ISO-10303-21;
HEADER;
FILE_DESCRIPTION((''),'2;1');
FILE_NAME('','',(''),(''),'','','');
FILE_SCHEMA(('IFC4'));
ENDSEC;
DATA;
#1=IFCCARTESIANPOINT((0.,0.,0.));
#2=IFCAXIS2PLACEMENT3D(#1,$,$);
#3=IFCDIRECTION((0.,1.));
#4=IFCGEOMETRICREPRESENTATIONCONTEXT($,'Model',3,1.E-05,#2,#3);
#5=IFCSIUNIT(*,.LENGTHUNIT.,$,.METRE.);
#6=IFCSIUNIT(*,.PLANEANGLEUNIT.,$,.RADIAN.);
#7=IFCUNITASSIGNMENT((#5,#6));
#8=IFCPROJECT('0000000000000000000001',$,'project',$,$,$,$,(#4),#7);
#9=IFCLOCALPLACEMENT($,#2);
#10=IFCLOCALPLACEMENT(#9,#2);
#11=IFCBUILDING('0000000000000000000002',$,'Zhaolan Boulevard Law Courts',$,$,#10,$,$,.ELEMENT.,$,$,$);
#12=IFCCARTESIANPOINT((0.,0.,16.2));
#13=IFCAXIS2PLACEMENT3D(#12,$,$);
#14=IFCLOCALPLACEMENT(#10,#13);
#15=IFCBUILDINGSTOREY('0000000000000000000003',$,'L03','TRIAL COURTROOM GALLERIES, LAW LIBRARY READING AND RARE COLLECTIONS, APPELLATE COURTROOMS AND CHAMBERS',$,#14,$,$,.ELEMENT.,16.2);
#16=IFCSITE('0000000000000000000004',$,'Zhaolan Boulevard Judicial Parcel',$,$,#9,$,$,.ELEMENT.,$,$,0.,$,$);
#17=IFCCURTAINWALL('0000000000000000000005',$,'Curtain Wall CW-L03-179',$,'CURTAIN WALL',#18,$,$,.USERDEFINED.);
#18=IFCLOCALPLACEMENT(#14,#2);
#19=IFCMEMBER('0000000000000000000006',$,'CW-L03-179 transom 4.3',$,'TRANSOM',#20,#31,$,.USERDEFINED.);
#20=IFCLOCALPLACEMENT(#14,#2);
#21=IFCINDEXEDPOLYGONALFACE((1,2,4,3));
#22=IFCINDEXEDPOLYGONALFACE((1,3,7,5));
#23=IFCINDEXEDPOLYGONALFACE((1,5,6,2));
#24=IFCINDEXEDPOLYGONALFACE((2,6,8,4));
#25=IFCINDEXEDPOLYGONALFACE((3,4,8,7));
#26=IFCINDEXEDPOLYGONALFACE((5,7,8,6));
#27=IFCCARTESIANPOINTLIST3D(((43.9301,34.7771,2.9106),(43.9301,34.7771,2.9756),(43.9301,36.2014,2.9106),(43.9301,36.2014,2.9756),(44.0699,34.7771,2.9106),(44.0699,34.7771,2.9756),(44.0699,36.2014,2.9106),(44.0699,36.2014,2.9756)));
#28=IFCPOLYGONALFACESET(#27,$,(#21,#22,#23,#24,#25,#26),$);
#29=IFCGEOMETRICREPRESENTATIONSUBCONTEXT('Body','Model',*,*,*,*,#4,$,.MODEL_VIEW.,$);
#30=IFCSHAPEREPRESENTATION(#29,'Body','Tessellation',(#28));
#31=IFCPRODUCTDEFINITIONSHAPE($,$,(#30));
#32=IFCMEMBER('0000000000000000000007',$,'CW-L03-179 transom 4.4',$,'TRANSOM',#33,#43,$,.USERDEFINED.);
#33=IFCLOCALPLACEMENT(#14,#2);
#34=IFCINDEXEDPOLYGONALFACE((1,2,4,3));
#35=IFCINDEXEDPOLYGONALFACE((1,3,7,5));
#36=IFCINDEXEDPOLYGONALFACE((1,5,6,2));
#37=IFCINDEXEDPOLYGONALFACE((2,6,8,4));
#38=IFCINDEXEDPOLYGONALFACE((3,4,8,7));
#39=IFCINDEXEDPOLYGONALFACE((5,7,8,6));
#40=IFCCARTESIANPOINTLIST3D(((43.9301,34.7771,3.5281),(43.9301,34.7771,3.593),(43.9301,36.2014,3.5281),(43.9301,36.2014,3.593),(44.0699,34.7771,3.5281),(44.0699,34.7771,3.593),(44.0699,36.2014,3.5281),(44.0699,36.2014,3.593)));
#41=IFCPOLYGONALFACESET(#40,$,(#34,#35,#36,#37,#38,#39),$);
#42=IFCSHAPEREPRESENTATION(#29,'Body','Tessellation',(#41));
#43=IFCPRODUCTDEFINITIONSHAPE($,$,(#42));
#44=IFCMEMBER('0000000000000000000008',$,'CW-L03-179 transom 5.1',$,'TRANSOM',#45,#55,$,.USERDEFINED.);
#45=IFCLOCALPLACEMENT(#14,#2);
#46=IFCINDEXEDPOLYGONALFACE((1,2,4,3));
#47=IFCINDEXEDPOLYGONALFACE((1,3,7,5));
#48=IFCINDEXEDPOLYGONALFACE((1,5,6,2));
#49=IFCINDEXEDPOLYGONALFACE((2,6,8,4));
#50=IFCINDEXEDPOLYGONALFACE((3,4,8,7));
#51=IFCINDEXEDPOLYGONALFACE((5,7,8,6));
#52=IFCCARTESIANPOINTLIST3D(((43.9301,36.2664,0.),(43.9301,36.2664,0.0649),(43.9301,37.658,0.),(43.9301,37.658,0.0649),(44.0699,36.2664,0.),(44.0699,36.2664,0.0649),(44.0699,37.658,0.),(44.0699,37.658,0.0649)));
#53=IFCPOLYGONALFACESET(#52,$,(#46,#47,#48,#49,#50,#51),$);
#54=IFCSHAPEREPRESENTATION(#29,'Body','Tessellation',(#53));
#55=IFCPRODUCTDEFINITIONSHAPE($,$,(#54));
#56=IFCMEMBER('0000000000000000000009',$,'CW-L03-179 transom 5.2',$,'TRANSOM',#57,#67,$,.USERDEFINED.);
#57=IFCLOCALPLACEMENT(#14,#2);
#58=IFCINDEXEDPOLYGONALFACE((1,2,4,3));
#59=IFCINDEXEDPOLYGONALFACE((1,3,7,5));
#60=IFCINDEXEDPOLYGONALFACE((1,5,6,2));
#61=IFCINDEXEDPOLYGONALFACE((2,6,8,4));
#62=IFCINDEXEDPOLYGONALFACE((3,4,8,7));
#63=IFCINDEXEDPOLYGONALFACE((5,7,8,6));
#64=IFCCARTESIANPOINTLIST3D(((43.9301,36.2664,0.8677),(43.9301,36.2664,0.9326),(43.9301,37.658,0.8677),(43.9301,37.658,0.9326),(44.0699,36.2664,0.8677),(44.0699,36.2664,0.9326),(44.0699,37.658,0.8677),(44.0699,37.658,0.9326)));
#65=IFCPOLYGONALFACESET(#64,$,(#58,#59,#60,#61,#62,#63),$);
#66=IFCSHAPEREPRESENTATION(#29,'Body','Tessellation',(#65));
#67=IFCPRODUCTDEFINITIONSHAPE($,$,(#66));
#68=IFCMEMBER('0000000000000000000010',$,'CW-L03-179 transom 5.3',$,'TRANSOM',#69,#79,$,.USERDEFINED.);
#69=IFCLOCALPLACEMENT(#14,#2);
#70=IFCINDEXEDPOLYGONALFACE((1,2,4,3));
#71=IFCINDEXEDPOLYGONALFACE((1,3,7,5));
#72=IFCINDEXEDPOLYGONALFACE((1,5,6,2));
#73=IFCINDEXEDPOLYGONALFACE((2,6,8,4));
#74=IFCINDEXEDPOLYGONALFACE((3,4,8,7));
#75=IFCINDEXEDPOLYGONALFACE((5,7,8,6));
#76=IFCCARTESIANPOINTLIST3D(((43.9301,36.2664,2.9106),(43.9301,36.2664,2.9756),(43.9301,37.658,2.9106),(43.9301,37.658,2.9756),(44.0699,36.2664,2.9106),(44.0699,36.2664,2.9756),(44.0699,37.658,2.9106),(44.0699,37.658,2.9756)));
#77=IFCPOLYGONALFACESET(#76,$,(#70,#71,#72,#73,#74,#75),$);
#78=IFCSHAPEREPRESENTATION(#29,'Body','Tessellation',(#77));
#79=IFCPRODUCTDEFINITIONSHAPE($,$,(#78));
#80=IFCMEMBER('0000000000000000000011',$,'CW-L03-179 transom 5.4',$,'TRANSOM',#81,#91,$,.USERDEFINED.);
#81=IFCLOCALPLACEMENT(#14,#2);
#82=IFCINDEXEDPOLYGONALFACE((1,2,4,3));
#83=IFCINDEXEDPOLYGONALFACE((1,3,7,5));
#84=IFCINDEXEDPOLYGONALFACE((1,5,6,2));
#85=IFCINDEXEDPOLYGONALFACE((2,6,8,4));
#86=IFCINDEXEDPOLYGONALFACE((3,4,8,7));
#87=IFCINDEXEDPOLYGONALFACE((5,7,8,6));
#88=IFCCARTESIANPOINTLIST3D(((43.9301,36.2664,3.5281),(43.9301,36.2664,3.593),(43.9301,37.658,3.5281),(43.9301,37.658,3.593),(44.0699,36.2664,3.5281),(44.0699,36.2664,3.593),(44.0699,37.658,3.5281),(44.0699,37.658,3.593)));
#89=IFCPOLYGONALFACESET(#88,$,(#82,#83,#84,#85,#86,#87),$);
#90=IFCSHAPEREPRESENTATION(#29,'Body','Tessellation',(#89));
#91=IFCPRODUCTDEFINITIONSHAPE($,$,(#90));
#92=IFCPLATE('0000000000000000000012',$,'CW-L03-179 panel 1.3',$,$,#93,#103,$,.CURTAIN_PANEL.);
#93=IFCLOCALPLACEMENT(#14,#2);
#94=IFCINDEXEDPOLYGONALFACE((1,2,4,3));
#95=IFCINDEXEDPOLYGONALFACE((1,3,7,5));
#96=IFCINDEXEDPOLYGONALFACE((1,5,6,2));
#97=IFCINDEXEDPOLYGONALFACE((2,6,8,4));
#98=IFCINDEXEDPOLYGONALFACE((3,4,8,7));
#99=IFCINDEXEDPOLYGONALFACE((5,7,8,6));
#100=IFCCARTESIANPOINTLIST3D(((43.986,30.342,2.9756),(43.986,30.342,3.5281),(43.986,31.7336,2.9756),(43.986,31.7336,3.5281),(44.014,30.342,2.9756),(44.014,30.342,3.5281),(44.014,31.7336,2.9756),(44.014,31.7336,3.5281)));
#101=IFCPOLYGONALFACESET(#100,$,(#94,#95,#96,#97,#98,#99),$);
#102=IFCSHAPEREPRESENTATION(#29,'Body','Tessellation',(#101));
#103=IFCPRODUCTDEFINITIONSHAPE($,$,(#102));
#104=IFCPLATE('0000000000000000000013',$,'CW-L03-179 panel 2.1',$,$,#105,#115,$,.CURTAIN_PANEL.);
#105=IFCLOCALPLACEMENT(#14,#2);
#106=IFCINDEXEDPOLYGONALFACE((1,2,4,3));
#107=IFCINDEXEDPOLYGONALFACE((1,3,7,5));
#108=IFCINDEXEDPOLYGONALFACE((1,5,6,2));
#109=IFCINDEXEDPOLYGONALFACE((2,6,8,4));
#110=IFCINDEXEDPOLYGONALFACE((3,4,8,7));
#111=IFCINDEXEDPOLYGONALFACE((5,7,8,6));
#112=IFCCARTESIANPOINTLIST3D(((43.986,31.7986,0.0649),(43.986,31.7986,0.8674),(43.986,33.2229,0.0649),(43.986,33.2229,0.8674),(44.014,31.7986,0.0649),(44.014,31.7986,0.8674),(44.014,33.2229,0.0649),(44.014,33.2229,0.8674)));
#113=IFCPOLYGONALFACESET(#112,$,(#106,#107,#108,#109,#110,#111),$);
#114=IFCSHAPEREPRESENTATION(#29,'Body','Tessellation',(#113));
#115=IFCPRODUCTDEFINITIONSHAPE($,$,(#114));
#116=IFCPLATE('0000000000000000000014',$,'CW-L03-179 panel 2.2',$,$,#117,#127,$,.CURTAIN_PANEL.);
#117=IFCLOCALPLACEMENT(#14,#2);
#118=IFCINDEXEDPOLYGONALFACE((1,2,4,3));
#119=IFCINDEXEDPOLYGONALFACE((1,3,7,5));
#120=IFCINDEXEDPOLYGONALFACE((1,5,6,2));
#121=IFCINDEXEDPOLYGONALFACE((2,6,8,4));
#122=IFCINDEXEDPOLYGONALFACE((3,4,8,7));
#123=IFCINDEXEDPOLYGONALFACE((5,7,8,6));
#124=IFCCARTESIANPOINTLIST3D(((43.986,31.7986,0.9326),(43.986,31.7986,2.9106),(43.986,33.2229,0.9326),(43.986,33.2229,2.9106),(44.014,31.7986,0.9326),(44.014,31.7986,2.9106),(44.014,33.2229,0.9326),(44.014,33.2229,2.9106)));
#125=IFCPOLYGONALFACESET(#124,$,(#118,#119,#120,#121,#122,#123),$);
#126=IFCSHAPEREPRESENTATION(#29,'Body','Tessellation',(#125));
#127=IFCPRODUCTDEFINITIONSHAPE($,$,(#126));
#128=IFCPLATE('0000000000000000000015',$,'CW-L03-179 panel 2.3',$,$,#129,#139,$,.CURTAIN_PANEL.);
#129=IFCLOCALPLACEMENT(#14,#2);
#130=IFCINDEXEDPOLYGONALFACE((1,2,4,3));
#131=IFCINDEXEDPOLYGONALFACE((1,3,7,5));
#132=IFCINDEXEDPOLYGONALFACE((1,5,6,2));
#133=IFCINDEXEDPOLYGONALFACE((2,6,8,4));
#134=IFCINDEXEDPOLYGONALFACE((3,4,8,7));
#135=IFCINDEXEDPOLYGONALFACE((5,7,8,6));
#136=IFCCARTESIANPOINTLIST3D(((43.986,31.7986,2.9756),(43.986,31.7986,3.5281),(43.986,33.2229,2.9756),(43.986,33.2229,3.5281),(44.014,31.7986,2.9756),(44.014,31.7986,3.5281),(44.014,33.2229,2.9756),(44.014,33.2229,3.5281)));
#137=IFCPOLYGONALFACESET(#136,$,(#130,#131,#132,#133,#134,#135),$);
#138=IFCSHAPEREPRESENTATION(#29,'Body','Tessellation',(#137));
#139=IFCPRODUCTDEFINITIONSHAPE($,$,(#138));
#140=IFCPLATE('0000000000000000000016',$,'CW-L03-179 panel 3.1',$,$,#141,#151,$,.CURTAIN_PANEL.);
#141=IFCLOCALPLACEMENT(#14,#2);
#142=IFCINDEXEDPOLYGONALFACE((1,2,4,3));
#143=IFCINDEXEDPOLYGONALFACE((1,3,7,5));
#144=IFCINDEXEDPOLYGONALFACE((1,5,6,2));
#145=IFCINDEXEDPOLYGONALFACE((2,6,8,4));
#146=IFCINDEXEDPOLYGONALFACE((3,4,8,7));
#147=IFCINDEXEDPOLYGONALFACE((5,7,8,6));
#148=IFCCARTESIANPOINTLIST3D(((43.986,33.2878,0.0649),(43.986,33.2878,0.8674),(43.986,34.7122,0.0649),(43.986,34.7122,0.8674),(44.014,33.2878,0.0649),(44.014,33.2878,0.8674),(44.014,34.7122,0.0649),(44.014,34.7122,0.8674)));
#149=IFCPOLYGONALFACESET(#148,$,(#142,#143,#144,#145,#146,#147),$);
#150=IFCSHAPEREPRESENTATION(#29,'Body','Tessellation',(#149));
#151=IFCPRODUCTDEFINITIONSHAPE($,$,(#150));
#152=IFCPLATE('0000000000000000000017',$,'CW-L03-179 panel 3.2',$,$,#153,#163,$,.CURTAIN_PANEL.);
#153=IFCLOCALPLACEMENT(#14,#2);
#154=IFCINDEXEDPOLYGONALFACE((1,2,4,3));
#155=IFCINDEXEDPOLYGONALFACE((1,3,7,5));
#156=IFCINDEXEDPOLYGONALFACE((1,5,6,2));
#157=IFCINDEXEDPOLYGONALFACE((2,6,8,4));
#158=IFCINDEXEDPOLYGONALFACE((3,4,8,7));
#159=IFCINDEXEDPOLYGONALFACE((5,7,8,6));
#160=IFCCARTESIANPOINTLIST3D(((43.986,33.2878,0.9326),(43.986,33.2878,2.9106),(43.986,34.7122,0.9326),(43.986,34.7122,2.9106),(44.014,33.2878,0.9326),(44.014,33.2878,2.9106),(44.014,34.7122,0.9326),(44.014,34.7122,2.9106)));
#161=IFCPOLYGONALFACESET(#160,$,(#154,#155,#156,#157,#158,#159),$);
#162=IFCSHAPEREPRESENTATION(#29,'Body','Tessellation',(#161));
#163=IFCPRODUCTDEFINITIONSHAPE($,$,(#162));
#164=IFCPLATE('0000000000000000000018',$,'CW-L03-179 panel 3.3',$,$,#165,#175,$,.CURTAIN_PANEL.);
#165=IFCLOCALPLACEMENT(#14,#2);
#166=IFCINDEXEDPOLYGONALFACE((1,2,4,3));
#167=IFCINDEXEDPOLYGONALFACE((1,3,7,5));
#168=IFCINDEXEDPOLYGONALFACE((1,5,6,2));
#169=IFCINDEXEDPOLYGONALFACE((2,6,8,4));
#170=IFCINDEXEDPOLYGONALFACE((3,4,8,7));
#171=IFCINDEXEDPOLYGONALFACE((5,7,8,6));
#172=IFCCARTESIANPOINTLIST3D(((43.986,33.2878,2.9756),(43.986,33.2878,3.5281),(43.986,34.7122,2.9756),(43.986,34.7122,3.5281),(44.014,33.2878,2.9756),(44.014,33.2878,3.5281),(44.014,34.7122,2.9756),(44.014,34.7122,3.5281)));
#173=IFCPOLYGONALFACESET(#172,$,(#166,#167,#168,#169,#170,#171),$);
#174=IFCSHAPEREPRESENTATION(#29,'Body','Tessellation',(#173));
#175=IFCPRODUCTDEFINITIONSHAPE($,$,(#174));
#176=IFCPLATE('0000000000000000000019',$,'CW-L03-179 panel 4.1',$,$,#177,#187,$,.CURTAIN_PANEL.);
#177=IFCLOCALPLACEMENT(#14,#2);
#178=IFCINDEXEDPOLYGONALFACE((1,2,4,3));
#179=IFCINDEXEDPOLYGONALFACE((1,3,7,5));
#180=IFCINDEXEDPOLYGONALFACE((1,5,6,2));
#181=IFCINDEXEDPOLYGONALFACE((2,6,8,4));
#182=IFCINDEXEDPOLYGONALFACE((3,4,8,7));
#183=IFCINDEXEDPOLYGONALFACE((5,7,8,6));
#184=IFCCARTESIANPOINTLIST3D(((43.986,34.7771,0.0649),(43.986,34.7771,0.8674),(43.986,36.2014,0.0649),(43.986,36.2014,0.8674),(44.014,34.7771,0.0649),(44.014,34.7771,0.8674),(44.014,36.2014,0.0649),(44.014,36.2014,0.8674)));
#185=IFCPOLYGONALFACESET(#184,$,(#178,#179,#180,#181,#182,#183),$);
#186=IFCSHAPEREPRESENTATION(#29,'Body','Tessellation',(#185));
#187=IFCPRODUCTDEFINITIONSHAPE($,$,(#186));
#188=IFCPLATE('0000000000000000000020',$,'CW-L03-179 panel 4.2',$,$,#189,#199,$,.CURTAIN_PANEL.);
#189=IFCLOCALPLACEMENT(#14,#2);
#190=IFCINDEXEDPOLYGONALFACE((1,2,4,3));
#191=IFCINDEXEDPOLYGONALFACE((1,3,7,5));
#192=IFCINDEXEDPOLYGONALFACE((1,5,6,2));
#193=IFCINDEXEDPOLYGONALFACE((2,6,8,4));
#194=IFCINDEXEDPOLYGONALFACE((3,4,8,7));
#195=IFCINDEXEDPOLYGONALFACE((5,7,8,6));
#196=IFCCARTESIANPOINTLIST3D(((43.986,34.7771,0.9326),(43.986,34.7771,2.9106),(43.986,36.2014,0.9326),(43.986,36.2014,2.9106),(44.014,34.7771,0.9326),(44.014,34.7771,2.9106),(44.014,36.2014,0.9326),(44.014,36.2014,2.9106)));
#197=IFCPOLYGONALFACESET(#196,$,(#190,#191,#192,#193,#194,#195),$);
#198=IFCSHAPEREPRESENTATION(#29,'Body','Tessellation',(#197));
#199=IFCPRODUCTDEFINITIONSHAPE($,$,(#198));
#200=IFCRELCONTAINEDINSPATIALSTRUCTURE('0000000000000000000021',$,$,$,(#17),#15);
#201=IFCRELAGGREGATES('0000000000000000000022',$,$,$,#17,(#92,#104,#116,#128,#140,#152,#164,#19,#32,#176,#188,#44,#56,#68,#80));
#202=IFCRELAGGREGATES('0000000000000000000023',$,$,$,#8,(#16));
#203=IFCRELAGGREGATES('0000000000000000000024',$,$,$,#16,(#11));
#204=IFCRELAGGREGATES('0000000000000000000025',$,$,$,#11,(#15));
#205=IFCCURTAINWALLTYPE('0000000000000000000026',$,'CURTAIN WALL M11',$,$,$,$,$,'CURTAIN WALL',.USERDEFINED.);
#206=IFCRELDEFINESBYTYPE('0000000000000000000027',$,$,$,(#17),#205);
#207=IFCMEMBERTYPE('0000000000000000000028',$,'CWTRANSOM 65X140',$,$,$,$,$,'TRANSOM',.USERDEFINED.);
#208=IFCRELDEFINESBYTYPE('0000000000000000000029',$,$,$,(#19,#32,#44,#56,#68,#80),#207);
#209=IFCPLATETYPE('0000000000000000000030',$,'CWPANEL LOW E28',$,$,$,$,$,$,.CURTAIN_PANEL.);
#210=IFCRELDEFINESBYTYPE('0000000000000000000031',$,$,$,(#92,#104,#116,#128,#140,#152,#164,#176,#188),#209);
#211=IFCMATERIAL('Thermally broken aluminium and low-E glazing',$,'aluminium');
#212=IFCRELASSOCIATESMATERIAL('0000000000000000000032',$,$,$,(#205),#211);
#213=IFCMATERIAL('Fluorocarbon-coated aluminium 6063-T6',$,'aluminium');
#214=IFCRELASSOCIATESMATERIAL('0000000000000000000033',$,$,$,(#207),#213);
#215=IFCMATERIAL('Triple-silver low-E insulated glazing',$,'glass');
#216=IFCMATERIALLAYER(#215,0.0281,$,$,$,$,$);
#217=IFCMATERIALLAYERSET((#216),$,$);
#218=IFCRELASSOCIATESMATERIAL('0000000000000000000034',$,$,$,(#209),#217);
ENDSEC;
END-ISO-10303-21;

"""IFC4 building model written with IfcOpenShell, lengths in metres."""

from ifc_helpers import new_model, si_unit, direction, frame, origin, origin_2d, place, context, subcontext, project, spatial, rectangle, extrude, material, layer, layer_set, material_profile, profile_set, type_object, element, aggregate, save


model = new_model("IFC4")

# Units and contexts
model_context = context("Model", 3, precision=1e-05, world=origin(), true_north=direction((0.0, 1.0)))
body_context = subcontext(model_context, "Body", "Model", "MODEL_VIEW")
ifc_project = project(units=[si_unit("LENGTHUNIT", "METRE"), si_unit("PLANEANGLEUNIT", "RADIAN")], contexts=[model_context])

# Site, building, storey
site_placement = place(None, origin())
site = spatial("IfcSite", under=ifc_project, at=site_placement, Name="Zhaolan Boulevard Judicial Parcel", CompositionType="ELEMENT", RefElevation=0.0)
building_placement = place(site_placement, origin())
building = spatial("IfcBuilding", under=site, at=building_placement, Name="Zhaolan Boulevard Law Courts", CompositionType="ELEMENT")
storey_placement = place(building_placement, frame((0.0, 0.0, 16.2)))
storey = spatial("IfcBuildingStorey", under=building, at=storey_placement, Name="L03", Description="TRIAL COURTROOM GALLERIES, LAW LIBRARY READING AND RARE COLLECTIONS, APPELLATE COURTROOMS AND CHAMBERS", CompositionType="ELEMENT", Elevation=16.2)

# Curtain wall, members, plates
ifc_material_1 = material(Name="Thermally broken aluminium and low-E glazing", Category="aluminium")
curtain_wall_type = type_object("IfcCurtainWallType", Name="CURTAIN WALL M11", ElementType="CURTAIN WALL", PredefinedType="USERDEFINED", material=ifc_material_1)
curtain_wall_placement = place(storey_placement, origin())
curtain_wall = element("IfcCurtainWall", 1, at=curtain_wall_placement, inside=storey, type_object=curtain_wall_type, Name="Curtain Wall CW-L03-179", ObjectType="CURTAIN WALL", PredefinedType="USERDEFINED")
ifc_material_2 = material(Name="Fluorocarbon-coated aluminium 6063-T6", Category="aluminium")
ifc_material_profile_1 = material_profile(ifc_material_2, rectangle(XDim=0.1399, YDim=0.0649, at=origin_2d()), Name="AL65x140")
ifc_profile_set_1 = profile_set([ifc_material_profile_1], Name="Fluorocarbon-coated aluminium 6063-T6")
member_type_1 = type_object("IfcMemberType", Name="CWTRANSOM 65X140", ElementType="TRANSOM", PredefinedType="USERDEFINED", material=ifc_profile_set_1)
member_1_placement = place(storey_placement, frame((44.0, 34.7771, 2.9431), z_axis=(0.0, 1.0, 0.0), x_axis=(-1.0, 0.0, 0.0)))
member_1 = element("IfcMember", 2, at=member_1_placement, type_object=member_type_1, Name="CW-L03-179 transom 4.3", ObjectType="TRANSOM", PredefinedType="USERDEFINED", context=body_context, shape_type="SweptSolid", body=[
    extrude(rectangle(XDim=0.1399, YDim=0.0649, at=origin_2d()), origin(), (0.0, 0.0, 1.0), 1.4243),
])
member_2_placement = place(storey_placement, frame((44.0, 34.7771, 3.5605), z_axis=(0.0, 1.0, 0.0), x_axis=(-1.0, 0.0, 0.0)))
member_2 = element("IfcMember", 3, at=member_2_placement, type_object=member_type_1, Name="CW-L03-179 transom 4.4", ObjectType="TRANSOM", PredefinedType="USERDEFINED", context=body_context, shape_type="SweptSolid", body=[
    extrude(rectangle(XDim=0.1399, YDim=0.0649, at=origin_2d()), origin(), (0.0, 0.0, 1.0), 1.4243),
])
member_3_placement = place(storey_placement, frame((44.0, 36.2664, 0.0325), z_axis=(0.0, 1.0, 0.0), x_axis=(-1.0, 0.0, 0.0)))
member_3 = element("IfcMember", 4, at=member_3_placement, type_object=member_type_1, Name="CW-L03-179 transom 5.1", ObjectType="TRANSOM", PredefinedType="USERDEFINED", context=body_context, shape_type="SweptSolid", body=[
    extrude(rectangle(XDim=0.1399, YDim=0.0649, at=origin_2d()), origin(), (0.0, 0.0, 1.0), 1.3916),
])
member_4_placement = place(storey_placement, frame((44.0, 36.2664, 0.9001), z_axis=(0.0, 1.0, 0.0), x_axis=(-1.0, 0.0, 0.0)))
member_4 = element("IfcMember", 5, at=member_4_placement, type_object=member_type_1, Name="CW-L03-179 transom 5.2", ObjectType="TRANSOM", PredefinedType="USERDEFINED", context=body_context, shape_type="SweptSolid", body=[
    extrude(rectangle(XDim=0.1399, YDim=0.0649, at=origin_2d()), origin(), (0.0, 0.0, 1.0), 1.3916),
])
member_5_placement = place(storey_placement, frame((44.0, 36.2664, 2.9431), z_axis=(0.0, 1.0, 0.0), x_axis=(-1.0, 0.0, 0.0)))
member_5 = element("IfcMember", 6, at=member_5_placement, type_object=member_type_1, Name="CW-L03-179 transom 5.3", ObjectType="TRANSOM", PredefinedType="USERDEFINED", context=body_context, shape_type="SweptSolid", body=[
    extrude(rectangle(XDim=0.1399, YDim=0.0649, at=origin_2d()), origin(), (0.0, 0.0, 1.0), 1.3916),
])
member_6_placement = place(storey_placement, frame((44.0, 36.2664, 3.5605), z_axis=(0.0, 1.0, 0.0), x_axis=(-1.0, 0.0, 0.0)))
member_6 = element("IfcMember", 7, at=member_6_placement, type_object=member_type_1, Name="CW-L03-179 transom 5.4", ObjectType="TRANSOM", PredefinedType="USERDEFINED", context=body_context, shape_type="SweptSolid", body=[
    extrude(rectangle(XDim=0.1399, YDim=0.0649, at=origin_2d()), origin(), (0.0, 0.0, 1.0), 1.3916),
])
ifc_material_3 = material(Name="Triple-silver low-E insulated glazing", Category="glass")
ifc_layer = layer(ifc_material_3, 0.0281)
ifc_layer_set = layer_set([ifc_layer])
plate_type = type_object("IfcPlateType", Name="CWPANEL LOW E28", PredefinedType="CURTAIN_PANEL", material=ifc_layer_set)
plate_1_placement = place(storey_placement, frame((44.0, 31.0378, 2.9756), z_axis=(0.0, 0.0, 1.0), x_axis=(0.0, 1.0, 0.0)))
plate_1 = element("IfcPlate", 8, at=plate_1_placement, type_object=plate_type, Name="CW-L03-179 panel 1.3", PredefinedType="CURTAIN_PANEL", context=body_context, shape_type="SweptSolid", body=[
    extrude(rectangle(XDim=1.3916, YDim=0.0281, at=origin_2d()), origin(), (0.0, 0.0, 1.0), 0.5525),
])
plate_2_placement = place(storey_placement, frame((44.0, 32.5107, 0.0649), z_axis=(0.0, 0.0, 1.0), x_axis=(0.0, 1.0, 0.0)))
plate_2 = element("IfcPlate", 9, at=plate_2_placement, type_object=plate_type, Name="CW-L03-179 panel 2.1", PredefinedType="CURTAIN_PANEL", context=body_context, shape_type="SweptSolid", body=[
    extrude(rectangle(XDim=1.4243, YDim=0.0281, at=origin_2d()), origin(), (0.0, 0.0, 1.0), 0.8025),
])
plate_3_placement = place(storey_placement, frame((44.0, 32.5107, 0.9326), z_axis=(0.0, 0.0, 1.0), x_axis=(0.0, 1.0, 0.0)))
plate_3 = element("IfcPlate", 10, at=plate_3_placement, type_object=plate_type, Name="CW-L03-179 panel 2.2", PredefinedType="CURTAIN_PANEL", context=body_context, shape_type="SweptSolid", body=[
    extrude(rectangle(XDim=1.4243, YDim=0.0281, at=origin_2d()), origin(), (0.0, 0.0, 1.0), 1.978),
])
plate_4_placement = place(storey_placement, frame((44.0, 32.5107, 2.9756), z_axis=(0.0, 0.0, 1.0), x_axis=(0.0, 1.0, 0.0)))
plate_4 = element("IfcPlate", 11, at=plate_4_placement, type_object=plate_type, Name="CW-L03-179 panel 2.3", PredefinedType="CURTAIN_PANEL", context=body_context, shape_type="SweptSolid", body=[
    extrude(rectangle(XDim=1.4243, YDim=0.0281, at=origin_2d()), origin(), (0.0, 0.0, 1.0), 0.5525),
])
plate_5_placement = place(storey_placement, frame((44.0, 34.0, 0.0649), z_axis=(0.0, 0.0, 1.0), x_axis=(0.0, 1.0, 0.0)))
plate_5 = element("IfcPlate", 12, at=plate_5_placement, type_object=plate_type, Name="CW-L03-179 panel 3.1", PredefinedType="CURTAIN_PANEL", context=body_context, shape_type="SweptSolid", body=[
    extrude(rectangle(XDim=1.4243, YDim=0.0281, at=origin_2d()), origin(), (0.0, 0.0, 1.0), 0.8025),
])
plate_6_placement = place(storey_placement, frame((44.0, 34.0, 0.9326), z_axis=(0.0, 0.0, 1.0), x_axis=(0.0, 1.0, 0.0)))
plate_6 = element("IfcPlate", 13, at=plate_6_placement, type_object=plate_type, Name="CW-L03-179 panel 3.2", PredefinedType="CURTAIN_PANEL", context=body_context, shape_type="SweptSolid", body=[
    extrude(rectangle(XDim=1.4243, YDim=0.0281, at=origin_2d()), origin(), (0.0, 0.0, 1.0), 1.978),
])
plate_7_placement = place(storey_placement, frame((44.0, 34.0, 2.9756), z_axis=(0.0, 0.0, 1.0), x_axis=(0.0, 1.0, 0.0)))
plate_7 = element("IfcPlate", 14, at=plate_7_placement, type_object=plate_type, Name="CW-L03-179 panel 3.3", PredefinedType="CURTAIN_PANEL", context=body_context, shape_type="SweptSolid", body=[
    extrude(rectangle(XDim=1.4243, YDim=0.0281, at=origin_2d()), origin(), (0.0, 0.0, 1.0), 0.5525),
])
plate_8_placement = place(storey_placement, frame((44.0, 35.4893, 0.0649), z_axis=(0.0, 0.0, 1.0), x_axis=(0.0, 1.0, 0.0)))
plate_8 = element("IfcPlate", 15, at=plate_8_placement, type_object=plate_type, Name="CW-L03-179 panel 4.1", PredefinedType="CURTAIN_PANEL", context=body_context, shape_type="SweptSolid", body=[
    extrude(rectangle(XDim=1.4243, YDim=0.0281, at=origin_2d()), origin(), (0.0, 0.0, 1.0), 0.8025),
])
plate_9_placement = place(storey_placement, frame((44.0, 35.4893, 0.9326), z_axis=(0.0, 0.0, 1.0), x_axis=(0.0, 1.0, 0.0)))
plate_9 = element("IfcPlate", 16, at=plate_9_placement, type_object=plate_type, Name="CW-L03-179 panel 4.2", PredefinedType="CURTAIN_PANEL", context=body_context, shape_type="SweptSolid", body=[
    extrude(rectangle(XDim=1.4243, YDim=0.0281, at=origin_2d()), origin(), (0.0, 0.0, 1.0), 1.978),
])
aggregate(curtain_wall, [plate_1, plate_2, plate_3, plate_4, plate_5, plate_6, plate_7, member_1, member_2, plate_8, plate_9, member_3, member_4, member_5, member_6])

save(model, "model.ifc")
